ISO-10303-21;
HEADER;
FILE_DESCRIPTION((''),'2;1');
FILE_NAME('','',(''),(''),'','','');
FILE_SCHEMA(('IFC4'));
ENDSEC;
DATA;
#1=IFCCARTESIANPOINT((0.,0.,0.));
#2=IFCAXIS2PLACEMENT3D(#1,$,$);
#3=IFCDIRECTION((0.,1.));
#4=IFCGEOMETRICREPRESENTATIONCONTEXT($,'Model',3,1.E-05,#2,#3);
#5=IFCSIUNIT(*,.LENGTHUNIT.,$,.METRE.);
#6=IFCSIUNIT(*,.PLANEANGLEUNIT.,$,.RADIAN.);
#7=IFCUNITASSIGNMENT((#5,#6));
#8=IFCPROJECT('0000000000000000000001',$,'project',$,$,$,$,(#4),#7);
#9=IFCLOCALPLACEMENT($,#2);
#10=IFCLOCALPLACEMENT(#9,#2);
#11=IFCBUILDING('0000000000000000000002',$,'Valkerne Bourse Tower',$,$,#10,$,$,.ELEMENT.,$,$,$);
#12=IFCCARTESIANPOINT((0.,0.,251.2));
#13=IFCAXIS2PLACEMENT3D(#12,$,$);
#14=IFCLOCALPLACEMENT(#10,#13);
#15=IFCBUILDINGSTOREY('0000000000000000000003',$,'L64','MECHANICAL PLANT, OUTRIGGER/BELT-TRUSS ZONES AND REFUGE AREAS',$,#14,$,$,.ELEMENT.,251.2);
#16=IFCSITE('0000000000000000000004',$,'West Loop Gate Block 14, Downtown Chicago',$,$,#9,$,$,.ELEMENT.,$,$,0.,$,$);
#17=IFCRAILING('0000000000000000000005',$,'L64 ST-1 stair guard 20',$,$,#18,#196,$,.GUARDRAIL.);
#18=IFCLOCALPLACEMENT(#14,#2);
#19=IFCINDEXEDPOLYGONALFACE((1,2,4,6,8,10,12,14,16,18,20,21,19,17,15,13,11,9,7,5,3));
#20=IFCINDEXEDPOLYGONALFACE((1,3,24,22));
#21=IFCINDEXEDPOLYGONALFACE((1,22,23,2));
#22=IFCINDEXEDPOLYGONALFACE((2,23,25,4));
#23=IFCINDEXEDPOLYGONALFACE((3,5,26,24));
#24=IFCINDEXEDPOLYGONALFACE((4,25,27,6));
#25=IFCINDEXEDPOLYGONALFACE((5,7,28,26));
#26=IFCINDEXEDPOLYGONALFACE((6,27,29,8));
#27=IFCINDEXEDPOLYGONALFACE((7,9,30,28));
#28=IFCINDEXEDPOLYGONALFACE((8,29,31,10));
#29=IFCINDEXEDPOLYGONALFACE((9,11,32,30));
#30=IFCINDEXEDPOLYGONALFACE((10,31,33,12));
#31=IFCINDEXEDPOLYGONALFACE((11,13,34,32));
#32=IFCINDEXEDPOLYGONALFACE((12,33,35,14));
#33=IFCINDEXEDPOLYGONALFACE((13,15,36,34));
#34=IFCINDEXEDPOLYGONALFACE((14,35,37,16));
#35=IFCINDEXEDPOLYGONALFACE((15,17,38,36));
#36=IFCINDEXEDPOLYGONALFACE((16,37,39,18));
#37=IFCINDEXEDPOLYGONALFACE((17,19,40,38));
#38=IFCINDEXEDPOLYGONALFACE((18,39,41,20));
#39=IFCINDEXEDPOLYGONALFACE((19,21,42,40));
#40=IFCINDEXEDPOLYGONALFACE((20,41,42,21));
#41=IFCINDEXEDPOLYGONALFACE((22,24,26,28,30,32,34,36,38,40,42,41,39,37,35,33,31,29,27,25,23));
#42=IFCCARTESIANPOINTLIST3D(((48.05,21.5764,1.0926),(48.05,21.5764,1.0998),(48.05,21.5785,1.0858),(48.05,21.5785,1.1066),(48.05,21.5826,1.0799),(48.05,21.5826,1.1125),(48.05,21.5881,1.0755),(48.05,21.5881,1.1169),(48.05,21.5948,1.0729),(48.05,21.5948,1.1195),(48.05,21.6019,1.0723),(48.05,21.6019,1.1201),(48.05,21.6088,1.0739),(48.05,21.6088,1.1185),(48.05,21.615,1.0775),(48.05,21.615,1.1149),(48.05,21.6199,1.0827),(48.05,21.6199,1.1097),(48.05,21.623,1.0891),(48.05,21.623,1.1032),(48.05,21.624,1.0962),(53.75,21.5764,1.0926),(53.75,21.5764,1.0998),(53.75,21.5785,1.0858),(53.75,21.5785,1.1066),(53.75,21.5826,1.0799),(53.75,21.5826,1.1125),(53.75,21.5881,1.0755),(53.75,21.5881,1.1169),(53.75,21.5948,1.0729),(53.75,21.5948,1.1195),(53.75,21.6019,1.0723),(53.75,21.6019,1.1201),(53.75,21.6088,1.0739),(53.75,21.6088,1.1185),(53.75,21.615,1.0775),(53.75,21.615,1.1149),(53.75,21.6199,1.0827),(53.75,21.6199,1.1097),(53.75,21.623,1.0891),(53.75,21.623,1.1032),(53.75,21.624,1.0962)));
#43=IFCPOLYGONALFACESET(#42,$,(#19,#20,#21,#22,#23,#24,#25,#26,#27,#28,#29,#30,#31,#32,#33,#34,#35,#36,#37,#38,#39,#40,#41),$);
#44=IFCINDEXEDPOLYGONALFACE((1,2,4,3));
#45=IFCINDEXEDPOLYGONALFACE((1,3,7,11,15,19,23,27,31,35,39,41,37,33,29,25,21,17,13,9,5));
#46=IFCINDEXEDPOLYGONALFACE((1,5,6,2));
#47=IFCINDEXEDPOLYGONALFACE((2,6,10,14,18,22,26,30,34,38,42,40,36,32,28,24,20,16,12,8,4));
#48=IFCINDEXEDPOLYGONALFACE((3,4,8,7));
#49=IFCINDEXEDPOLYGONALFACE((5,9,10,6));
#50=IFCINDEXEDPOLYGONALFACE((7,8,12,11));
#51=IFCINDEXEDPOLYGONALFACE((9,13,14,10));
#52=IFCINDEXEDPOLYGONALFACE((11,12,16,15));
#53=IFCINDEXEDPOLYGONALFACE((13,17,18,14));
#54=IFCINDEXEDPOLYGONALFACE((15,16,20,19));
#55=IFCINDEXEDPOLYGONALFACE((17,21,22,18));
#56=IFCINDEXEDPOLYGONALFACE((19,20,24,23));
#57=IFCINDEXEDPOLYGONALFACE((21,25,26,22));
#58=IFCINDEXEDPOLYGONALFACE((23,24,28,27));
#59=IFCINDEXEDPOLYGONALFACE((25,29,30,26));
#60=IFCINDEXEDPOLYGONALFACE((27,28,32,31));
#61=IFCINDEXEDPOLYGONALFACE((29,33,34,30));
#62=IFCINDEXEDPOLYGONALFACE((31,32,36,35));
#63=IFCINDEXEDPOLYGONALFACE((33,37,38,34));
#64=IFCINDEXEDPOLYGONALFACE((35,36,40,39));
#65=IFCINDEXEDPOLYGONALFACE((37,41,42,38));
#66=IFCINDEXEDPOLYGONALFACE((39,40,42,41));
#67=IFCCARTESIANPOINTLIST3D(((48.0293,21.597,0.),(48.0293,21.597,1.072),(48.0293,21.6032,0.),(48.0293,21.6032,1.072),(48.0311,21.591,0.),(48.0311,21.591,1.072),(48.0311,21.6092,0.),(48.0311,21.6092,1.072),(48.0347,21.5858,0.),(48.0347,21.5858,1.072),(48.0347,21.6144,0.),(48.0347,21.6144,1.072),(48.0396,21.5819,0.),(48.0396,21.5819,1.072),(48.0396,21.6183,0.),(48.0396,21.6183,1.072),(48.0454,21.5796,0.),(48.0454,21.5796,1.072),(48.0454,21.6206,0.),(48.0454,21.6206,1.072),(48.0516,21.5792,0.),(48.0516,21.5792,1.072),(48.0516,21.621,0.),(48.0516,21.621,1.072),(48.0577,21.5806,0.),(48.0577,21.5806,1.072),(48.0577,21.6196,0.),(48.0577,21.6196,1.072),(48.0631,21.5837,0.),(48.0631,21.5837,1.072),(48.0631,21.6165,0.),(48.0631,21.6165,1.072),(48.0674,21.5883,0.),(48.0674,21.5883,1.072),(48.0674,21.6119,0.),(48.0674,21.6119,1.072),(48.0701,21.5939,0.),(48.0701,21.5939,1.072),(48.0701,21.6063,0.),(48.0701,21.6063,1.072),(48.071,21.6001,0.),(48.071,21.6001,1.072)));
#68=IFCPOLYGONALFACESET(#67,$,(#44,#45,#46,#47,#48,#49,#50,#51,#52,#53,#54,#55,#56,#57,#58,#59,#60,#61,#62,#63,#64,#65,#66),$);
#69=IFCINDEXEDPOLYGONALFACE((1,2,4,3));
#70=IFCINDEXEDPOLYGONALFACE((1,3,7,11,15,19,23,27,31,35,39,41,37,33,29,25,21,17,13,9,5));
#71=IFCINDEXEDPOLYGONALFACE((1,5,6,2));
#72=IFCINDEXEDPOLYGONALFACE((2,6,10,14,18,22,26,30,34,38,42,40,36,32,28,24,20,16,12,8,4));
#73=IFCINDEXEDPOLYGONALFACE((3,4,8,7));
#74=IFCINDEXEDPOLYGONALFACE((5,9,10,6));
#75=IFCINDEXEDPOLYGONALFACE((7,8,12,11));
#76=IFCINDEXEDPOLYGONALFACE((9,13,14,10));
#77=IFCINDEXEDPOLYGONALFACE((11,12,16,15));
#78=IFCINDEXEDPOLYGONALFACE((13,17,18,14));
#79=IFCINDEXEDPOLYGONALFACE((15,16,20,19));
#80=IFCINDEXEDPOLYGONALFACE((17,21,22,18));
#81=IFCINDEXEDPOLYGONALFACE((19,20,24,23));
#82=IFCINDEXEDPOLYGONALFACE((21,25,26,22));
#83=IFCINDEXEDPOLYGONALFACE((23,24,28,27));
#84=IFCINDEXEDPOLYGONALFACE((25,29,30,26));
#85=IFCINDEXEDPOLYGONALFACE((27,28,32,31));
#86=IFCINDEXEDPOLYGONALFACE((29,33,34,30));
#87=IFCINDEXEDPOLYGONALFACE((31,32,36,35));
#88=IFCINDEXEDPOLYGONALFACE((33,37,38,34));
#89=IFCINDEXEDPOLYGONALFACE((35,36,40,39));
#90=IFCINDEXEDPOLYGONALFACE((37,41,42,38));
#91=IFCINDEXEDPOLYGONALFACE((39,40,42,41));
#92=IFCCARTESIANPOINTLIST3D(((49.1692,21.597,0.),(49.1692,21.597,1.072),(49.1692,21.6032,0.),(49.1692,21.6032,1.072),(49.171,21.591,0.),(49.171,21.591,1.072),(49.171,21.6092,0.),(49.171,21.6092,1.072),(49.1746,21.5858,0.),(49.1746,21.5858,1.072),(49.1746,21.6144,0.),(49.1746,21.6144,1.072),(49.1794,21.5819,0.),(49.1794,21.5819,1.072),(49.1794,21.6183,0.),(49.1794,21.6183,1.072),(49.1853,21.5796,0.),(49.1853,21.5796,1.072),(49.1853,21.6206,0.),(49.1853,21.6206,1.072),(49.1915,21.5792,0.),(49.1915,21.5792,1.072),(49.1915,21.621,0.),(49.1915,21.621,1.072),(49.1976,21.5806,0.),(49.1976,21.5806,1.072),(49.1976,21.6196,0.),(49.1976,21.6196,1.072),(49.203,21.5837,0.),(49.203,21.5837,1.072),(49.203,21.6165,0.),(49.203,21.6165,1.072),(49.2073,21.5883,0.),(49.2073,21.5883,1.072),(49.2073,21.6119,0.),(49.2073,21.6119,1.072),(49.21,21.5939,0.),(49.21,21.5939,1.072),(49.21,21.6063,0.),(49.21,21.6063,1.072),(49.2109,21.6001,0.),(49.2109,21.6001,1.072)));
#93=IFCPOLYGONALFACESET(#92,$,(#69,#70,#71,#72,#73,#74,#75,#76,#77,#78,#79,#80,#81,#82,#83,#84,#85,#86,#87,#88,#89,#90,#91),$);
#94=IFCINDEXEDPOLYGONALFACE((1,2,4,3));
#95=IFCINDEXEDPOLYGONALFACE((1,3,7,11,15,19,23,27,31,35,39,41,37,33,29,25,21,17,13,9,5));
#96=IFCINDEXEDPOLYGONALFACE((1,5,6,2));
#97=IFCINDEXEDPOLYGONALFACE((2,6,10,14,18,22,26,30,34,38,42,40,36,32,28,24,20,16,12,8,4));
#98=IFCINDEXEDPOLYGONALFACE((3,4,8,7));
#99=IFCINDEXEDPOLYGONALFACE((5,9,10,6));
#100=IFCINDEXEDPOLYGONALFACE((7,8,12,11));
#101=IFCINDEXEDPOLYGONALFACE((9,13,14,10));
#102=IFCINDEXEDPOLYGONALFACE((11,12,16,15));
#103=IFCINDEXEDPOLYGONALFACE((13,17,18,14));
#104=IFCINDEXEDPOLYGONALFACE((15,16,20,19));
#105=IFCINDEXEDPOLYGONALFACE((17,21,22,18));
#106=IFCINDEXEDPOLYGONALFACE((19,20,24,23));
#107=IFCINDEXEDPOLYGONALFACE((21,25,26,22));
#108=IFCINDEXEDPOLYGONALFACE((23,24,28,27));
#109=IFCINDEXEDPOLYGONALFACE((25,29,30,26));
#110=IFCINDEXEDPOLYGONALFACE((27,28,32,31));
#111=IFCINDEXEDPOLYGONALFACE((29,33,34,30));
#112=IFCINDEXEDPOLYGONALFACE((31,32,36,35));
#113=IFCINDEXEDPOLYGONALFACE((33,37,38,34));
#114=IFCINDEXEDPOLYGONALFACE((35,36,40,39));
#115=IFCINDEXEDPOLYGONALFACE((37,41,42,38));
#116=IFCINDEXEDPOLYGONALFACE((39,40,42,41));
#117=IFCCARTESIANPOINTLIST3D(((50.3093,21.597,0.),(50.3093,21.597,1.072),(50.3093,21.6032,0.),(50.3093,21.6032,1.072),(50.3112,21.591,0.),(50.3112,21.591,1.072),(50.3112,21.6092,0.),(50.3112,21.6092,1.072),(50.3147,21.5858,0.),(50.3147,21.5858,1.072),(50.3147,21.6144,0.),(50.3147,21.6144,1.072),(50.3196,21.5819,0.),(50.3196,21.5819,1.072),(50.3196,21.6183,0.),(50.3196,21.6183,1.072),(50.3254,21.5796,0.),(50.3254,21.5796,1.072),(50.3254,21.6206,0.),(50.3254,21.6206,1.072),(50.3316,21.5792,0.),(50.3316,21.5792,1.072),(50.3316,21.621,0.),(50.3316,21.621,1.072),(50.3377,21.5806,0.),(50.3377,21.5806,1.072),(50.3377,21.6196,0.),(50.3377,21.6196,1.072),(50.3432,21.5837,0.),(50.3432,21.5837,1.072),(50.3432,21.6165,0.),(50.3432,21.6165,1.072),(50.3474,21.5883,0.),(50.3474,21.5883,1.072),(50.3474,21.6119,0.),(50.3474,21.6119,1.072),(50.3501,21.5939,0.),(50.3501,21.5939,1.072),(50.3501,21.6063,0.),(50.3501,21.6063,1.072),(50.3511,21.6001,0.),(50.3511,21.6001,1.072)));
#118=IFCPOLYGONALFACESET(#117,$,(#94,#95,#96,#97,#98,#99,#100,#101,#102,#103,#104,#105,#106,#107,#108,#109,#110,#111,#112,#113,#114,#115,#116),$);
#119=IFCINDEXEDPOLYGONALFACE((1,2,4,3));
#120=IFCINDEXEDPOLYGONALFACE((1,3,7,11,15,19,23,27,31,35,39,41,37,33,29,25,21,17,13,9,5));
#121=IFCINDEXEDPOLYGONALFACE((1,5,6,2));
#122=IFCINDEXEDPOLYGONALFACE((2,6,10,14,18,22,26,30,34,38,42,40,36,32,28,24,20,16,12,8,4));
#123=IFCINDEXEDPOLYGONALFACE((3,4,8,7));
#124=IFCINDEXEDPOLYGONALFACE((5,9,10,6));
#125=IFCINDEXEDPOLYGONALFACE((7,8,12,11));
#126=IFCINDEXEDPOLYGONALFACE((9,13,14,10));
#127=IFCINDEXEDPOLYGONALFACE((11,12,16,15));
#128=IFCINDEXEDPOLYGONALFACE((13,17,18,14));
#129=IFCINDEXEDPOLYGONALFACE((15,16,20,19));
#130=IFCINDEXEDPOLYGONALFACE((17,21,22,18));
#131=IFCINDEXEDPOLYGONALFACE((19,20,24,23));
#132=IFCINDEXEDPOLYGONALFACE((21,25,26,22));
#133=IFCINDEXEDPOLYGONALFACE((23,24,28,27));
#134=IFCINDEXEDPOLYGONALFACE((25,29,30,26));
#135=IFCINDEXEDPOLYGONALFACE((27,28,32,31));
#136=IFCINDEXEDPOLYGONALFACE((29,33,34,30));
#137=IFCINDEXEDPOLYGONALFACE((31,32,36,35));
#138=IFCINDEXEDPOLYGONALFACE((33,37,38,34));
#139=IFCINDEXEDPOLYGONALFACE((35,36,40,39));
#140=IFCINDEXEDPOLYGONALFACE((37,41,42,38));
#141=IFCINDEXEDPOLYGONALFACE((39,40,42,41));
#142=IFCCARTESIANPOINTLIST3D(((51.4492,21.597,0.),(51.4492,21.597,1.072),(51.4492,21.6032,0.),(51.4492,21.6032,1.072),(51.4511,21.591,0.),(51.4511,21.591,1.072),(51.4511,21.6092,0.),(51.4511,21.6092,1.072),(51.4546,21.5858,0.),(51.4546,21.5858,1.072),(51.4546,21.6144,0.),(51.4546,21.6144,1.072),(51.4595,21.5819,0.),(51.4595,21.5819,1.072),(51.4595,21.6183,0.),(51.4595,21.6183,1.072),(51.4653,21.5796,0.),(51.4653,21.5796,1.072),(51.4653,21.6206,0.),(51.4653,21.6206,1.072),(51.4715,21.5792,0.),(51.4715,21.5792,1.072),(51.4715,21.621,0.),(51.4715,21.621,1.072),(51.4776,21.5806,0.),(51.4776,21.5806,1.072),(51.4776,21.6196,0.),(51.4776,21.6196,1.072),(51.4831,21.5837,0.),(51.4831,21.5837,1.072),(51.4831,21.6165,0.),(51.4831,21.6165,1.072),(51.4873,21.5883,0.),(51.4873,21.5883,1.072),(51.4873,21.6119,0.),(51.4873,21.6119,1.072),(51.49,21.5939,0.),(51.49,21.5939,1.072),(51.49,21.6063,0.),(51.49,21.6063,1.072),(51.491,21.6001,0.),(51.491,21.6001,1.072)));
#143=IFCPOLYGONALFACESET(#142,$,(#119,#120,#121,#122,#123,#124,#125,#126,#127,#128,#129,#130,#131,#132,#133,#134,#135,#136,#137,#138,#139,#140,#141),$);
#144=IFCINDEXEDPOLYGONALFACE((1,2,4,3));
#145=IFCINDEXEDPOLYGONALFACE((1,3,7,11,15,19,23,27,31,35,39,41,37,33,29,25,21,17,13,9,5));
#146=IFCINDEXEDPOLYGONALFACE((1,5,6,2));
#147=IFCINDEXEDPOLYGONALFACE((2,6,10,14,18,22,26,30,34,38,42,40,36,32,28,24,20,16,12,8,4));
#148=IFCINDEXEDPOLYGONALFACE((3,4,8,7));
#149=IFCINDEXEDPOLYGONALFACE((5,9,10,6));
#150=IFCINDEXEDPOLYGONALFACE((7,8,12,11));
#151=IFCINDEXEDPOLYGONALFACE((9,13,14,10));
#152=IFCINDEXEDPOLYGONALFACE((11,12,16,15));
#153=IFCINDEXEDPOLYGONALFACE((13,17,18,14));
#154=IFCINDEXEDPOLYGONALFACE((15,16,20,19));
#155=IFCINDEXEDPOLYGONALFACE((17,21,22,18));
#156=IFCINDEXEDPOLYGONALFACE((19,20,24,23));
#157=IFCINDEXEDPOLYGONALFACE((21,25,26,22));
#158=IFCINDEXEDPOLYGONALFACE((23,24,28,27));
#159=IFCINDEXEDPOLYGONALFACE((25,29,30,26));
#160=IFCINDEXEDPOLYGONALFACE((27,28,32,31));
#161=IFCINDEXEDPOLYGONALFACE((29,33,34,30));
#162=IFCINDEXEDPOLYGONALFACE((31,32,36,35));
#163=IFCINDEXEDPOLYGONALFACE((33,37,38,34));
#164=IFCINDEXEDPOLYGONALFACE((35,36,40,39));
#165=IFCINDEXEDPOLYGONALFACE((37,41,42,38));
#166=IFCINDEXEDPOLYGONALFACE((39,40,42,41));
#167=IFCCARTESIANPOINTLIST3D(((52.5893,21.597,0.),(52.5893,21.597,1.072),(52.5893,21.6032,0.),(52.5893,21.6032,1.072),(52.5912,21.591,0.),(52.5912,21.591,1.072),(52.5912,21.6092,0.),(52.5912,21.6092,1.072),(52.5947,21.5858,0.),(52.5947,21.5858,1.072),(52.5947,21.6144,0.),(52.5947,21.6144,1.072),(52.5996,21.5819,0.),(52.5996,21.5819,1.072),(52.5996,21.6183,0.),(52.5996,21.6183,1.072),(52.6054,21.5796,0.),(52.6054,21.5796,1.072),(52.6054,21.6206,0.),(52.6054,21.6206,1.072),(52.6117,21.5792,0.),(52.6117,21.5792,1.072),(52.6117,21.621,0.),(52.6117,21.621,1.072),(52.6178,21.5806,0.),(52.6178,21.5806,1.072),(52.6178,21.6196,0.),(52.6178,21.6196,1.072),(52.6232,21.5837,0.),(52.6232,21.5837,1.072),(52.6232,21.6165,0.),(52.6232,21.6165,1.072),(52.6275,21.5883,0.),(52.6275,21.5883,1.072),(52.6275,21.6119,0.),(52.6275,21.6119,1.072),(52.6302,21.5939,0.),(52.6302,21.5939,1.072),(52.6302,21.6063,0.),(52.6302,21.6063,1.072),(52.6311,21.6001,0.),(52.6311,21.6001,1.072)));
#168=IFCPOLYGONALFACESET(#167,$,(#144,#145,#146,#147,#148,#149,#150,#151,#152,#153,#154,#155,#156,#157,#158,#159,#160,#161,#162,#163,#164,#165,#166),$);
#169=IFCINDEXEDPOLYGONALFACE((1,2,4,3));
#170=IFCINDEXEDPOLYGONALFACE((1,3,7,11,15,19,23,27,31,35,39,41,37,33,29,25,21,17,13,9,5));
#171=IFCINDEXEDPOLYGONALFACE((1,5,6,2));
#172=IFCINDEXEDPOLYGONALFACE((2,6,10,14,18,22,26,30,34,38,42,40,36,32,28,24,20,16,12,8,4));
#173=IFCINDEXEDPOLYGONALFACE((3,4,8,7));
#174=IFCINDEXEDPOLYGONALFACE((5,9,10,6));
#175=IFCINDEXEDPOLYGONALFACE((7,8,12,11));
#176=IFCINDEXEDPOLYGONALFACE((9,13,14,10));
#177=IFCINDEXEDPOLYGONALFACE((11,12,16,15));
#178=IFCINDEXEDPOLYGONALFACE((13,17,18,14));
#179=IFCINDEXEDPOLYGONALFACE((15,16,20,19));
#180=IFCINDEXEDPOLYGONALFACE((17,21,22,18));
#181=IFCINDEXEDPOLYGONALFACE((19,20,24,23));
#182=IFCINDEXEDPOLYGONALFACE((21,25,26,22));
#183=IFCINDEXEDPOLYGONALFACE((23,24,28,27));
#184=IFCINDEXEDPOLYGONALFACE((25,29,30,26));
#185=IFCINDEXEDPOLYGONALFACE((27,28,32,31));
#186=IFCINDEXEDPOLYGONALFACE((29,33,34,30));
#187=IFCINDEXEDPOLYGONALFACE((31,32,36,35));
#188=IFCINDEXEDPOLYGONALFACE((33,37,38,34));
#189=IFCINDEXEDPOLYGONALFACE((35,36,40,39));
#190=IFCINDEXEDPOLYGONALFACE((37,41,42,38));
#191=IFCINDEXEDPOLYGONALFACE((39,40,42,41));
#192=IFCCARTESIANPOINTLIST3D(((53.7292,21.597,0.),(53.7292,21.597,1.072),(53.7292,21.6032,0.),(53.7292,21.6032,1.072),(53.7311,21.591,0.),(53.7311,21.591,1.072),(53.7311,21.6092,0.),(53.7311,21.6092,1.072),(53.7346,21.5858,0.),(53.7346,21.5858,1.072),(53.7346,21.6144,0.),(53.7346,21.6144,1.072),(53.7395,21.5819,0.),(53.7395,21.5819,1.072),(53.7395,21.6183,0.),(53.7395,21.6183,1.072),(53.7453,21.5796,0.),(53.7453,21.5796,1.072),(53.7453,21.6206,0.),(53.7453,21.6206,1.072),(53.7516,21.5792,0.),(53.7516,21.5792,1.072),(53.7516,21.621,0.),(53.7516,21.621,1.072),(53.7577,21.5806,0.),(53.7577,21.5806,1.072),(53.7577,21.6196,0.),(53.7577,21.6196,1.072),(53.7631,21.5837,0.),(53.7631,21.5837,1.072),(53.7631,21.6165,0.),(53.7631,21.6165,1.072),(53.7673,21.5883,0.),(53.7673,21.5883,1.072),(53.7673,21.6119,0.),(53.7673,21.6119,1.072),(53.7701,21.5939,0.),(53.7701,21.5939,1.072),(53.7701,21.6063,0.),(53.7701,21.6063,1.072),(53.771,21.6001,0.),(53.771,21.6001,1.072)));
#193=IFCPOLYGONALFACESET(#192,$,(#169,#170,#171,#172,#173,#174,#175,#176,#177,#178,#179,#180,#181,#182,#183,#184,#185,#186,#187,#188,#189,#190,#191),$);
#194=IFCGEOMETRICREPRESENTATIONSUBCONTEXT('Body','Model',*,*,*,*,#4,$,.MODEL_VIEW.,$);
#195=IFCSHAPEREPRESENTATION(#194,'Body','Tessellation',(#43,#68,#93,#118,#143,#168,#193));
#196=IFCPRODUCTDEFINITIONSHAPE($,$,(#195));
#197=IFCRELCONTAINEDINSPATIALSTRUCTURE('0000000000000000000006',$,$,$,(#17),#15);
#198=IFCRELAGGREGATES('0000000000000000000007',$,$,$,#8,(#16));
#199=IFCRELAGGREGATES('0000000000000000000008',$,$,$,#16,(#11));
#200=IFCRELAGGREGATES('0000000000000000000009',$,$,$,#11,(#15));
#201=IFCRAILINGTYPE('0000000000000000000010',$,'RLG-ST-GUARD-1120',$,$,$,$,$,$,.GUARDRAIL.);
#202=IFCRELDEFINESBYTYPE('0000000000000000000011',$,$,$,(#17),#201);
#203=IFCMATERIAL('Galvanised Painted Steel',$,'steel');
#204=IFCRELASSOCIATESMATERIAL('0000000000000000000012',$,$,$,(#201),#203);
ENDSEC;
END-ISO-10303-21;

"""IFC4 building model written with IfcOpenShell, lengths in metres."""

from ifc_helpers import new_model, si_unit, direction, frame, origin, origin_2d, place, context, subcontext, project, spatial, circle, extrude, material, type_object, element, save


model = new_model("IFC4")

# Units and contexts
model_context = context("Model", 3, precision=1e-05, world=origin(), true_north=direction((0.0, 1.0)))
body_context = subcontext(model_context, "Body", "Model", "MODEL_VIEW")
ifc_project = project(units=[si_unit("LENGTHUNIT", "METRE"), si_unit("PLANEANGLEUNIT", "RADIAN")], contexts=[model_context])

# Site, building, storey
site_placement = place(None, origin())
site = spatial("IfcSite", under=ifc_project, at=site_placement, Name="West Loop Gate Block 14, Downtown Chicago", CompositionType="ELEMENT", RefElevation=0.0)
building_placement = place(site_placement, origin())
building = spatial("IfcBuilding", under=site, at=building_placement, Name="Valkerne Bourse Tower", CompositionType="ELEMENT")
storey_placement = place(building_placement, frame((0.0, 0.0, 251.2)))
storey = spatial("IfcBuildingStorey", under=building, at=storey_placement, Name="L64", Description="MECHANICAL PLANT, OUTRIGGER/BELT-TRUSS ZONES AND REFUGE AREAS", CompositionType="ELEMENT", Elevation=251.2)

# Shared definitions
ifc_material_1 = material(Name="Galvanised Painted Steel", Category="steel")

# Railing
railing_type_1 = type_object("IfcRailingType", Name="RLG-ST-GUARD-1120", PredefinedType="GUARDRAIL", material=ifc_material_1)
railing_1_placement = place(storey_placement, frame((48.05, 21.6001, 0.0)))
element("IfcRailing", 1, at=railing_1_placement, inside=storey, type_object=railing_type_1, Name="L64 ST-1 stair guard 20", PredefinedType="GUARDRAIL", context=body_context, shape_type="SweptSolid", body=[
    extrude(circle(Radius=0.0239, at=origin_2d()), frame((0.0, 0.0, 1.0962), z_axis=(1.0, 0.0, 0.0), x_axis=(0.0, 1.0, 0.0)), (0.0, 0.0, 1.0), 5.7),
    extrude(circle(Radius=0.021, at=origin_2d()), origin(), (0.0, 0.0, 1.0), 1.072),
    extrude(circle(Radius=0.021, at=origin_2d()), frame((1.1399, 0.0, 0.0)), (0.0, 0.0, 1.0), 1.072),
    extrude(circle(Radius=0.021, at=origin_2d()), frame((2.28, 0.0, 0.0)), (0.0, 0.0, 1.0), 1.072),
    extrude(circle(Radius=0.021, at=origin_2d()), frame((3.4199, 0.0, 0.0)), (0.0, 0.0, 1.0), 1.072),
    extrude(circle(Radius=0.021, at=origin_2d()), frame((4.5601, 0.0, 0.0)), (0.0, 0.0, 1.0), 1.072),
    extrude(circle(Radius=0.021, at=origin_2d()), frame((5.7, 0.0, 0.0)), (0.0, 0.0, 1.0), 1.072),
])

save(model, "model.ifc")
